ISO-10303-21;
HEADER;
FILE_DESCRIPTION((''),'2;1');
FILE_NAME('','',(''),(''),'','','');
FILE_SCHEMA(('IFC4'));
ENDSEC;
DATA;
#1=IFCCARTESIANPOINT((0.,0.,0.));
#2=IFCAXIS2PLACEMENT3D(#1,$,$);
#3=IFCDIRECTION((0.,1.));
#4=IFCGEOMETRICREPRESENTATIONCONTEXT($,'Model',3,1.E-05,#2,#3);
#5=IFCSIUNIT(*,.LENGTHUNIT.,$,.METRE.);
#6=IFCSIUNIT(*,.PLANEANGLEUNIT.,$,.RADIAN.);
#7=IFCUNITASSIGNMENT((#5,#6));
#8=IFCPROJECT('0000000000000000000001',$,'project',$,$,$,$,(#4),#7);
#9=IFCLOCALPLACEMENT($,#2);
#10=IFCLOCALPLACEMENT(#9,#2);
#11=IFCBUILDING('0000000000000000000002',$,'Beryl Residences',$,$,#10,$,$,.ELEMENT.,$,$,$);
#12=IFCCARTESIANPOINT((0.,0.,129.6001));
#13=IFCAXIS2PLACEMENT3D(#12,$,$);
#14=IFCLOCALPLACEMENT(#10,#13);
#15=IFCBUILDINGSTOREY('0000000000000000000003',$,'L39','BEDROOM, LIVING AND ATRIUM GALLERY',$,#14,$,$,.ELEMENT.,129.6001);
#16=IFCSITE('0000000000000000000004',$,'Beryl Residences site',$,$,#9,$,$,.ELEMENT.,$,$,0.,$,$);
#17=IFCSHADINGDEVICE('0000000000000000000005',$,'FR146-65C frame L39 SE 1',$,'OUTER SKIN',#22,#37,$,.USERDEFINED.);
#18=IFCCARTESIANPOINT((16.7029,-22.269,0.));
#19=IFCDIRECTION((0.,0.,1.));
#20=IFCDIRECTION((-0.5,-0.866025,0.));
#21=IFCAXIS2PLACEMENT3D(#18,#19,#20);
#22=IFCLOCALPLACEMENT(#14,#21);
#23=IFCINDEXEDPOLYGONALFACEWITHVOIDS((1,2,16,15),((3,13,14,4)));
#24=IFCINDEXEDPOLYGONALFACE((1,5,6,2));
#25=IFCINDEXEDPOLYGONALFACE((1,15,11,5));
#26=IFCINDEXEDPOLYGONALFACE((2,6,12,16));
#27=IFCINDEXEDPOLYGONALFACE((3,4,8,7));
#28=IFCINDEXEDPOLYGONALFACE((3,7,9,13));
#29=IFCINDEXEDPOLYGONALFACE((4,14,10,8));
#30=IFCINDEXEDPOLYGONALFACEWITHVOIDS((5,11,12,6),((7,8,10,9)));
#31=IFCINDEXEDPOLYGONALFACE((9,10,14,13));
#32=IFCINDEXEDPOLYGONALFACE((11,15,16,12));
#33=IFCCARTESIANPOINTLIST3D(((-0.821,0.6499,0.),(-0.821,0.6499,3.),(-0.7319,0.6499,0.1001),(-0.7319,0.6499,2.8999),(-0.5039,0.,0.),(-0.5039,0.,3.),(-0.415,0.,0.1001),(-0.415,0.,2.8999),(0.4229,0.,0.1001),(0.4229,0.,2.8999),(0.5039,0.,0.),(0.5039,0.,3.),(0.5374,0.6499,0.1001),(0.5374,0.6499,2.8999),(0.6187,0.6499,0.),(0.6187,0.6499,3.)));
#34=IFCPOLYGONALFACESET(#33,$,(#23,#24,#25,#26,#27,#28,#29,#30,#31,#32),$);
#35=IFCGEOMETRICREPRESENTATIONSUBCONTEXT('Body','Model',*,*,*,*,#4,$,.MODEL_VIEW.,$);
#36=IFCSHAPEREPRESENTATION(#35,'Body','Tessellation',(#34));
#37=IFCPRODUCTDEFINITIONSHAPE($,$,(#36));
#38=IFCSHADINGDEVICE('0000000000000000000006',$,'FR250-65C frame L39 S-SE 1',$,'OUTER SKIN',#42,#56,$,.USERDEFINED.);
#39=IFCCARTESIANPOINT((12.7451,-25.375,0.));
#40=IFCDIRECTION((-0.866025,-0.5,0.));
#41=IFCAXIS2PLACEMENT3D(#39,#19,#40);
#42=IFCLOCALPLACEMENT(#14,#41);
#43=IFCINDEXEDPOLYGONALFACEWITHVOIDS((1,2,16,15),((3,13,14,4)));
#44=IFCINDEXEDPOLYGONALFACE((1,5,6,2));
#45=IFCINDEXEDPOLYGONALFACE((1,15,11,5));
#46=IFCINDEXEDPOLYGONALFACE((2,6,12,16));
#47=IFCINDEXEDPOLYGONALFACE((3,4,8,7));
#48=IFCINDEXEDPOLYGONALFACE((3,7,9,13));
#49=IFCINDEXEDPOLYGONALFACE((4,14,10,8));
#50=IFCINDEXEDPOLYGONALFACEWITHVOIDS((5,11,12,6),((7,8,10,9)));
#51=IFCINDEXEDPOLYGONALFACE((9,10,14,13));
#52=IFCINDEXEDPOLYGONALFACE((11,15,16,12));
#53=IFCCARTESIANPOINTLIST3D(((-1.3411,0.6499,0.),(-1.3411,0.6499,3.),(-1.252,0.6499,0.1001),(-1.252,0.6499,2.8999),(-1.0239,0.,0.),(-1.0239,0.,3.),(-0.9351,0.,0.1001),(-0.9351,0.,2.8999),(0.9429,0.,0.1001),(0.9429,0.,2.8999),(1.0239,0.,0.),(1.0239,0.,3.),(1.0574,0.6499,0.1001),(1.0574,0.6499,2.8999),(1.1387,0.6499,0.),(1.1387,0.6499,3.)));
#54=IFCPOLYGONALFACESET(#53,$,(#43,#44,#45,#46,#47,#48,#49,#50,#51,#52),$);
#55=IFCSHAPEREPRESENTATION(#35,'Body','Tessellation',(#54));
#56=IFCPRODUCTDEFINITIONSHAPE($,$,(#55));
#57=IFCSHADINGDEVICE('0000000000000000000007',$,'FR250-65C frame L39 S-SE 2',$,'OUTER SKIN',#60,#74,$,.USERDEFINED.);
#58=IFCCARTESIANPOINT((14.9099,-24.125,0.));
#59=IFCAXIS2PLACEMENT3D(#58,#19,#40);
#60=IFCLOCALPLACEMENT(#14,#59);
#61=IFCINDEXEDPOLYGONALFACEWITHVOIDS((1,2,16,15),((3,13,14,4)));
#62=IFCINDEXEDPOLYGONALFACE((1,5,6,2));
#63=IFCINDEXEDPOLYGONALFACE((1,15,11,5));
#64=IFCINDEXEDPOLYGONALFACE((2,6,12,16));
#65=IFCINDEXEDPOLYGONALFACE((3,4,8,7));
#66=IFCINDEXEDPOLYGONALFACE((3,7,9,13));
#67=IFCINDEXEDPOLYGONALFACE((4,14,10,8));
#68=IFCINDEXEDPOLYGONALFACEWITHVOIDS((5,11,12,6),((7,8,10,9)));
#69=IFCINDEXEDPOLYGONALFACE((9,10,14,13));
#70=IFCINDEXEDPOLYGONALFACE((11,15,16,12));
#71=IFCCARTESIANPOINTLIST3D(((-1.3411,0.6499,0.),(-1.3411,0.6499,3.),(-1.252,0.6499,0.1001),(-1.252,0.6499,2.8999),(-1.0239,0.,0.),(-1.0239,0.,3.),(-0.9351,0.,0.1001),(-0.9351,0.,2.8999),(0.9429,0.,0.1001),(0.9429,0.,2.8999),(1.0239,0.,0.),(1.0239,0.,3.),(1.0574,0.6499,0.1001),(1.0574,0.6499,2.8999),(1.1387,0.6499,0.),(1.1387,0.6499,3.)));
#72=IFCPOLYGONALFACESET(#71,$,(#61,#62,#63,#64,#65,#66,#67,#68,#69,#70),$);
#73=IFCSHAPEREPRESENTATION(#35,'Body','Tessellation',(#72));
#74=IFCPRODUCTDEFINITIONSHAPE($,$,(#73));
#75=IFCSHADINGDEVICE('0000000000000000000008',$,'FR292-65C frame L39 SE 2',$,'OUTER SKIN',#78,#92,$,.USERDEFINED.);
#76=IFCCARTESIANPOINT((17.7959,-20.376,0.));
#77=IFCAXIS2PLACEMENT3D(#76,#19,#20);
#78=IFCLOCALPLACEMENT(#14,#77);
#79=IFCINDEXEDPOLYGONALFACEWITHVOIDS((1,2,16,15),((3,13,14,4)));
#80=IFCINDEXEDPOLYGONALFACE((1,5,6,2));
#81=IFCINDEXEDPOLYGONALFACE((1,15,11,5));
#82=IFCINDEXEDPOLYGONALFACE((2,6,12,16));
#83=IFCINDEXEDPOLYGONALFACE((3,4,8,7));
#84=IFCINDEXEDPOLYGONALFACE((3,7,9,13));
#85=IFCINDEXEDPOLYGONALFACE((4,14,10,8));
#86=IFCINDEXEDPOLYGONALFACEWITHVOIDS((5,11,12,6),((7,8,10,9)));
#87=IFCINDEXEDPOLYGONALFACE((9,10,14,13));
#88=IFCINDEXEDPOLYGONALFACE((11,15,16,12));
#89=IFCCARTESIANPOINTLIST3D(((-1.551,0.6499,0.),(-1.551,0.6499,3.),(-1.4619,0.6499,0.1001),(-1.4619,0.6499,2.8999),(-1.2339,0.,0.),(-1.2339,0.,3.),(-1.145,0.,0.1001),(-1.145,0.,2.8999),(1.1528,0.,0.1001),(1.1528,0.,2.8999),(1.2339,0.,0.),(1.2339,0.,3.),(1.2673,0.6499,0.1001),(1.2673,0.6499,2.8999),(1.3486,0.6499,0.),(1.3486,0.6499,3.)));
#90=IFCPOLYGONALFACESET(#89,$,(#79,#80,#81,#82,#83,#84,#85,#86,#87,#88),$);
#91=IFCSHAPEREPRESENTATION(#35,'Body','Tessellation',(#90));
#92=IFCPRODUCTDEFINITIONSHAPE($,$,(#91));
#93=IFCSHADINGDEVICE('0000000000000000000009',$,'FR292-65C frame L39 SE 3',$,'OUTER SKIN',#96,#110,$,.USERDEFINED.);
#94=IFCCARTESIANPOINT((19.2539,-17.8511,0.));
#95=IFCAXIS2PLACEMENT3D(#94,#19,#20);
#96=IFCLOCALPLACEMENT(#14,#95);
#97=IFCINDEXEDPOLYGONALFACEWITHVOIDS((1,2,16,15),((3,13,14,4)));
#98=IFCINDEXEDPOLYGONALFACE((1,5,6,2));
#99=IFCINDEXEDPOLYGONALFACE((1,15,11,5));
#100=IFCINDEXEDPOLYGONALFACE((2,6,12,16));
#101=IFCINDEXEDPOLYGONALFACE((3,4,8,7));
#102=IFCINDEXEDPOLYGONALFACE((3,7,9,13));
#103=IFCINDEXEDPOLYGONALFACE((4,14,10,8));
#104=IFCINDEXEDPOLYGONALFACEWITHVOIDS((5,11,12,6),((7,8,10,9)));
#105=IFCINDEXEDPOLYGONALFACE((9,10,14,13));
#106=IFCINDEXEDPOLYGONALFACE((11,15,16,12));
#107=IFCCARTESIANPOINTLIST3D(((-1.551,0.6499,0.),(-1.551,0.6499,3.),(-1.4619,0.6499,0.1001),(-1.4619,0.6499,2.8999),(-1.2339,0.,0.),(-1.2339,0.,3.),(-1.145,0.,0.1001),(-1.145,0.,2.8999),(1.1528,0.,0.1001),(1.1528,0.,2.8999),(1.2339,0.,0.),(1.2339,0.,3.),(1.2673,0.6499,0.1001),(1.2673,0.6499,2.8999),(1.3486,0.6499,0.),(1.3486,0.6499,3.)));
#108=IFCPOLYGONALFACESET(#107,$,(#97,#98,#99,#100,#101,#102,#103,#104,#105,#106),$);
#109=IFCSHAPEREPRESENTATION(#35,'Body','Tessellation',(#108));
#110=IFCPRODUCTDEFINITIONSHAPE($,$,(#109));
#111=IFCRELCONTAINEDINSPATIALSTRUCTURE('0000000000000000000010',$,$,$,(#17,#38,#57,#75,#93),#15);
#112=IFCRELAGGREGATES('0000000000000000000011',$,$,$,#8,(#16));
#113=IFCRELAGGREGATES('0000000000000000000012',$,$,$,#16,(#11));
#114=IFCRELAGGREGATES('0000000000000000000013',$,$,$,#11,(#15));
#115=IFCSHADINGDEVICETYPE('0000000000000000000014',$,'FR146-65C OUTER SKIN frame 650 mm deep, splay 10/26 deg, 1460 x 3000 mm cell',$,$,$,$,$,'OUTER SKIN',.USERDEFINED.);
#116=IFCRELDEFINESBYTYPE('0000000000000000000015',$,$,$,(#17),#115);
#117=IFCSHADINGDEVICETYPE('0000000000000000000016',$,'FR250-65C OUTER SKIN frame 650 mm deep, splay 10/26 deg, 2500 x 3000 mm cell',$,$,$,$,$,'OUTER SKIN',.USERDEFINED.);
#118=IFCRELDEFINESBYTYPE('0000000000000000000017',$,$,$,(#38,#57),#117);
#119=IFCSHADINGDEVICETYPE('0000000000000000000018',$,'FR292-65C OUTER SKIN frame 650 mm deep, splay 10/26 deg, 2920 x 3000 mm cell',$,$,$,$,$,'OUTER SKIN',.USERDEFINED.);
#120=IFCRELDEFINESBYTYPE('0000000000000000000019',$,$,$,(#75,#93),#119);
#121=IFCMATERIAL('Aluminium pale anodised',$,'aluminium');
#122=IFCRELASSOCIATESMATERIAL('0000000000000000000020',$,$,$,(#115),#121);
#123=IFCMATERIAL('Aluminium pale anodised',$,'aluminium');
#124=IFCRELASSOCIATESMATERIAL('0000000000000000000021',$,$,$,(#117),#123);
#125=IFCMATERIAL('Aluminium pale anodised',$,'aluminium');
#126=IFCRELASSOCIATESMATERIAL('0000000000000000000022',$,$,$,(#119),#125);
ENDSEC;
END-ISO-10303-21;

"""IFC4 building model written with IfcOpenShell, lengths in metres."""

from ifc_helpers import new_model, entity, si_unit, direction, frame, origin, place, context, subcontext, project, spatial, source, transform, mapped, material, type_object, type_shapes, element, save


model = new_model("IFC4")

# Units and contexts
model_context = context("Model", 3, precision=1e-05, world=origin(), true_north=direction((0.0, 1.0)))
body_context = subcontext(model_context, "Body", "Model", "MODEL_VIEW")
ifc_project = project(units=[si_unit("LENGTHUNIT", "METRE"), si_unit("PLANEANGLEUNIT", "RADIAN")], contexts=[model_context])

# Site, building, storey
site_placement = place(None, origin())
site = spatial("IfcSite", under=ifc_project, at=site_placement, Name="Beryl Residences site", CompositionType="ELEMENT", RefElevation=0.0)
building_placement = place(site_placement, origin())
building = spatial("IfcBuilding", under=site, at=building_placement, Name="Beryl Residences", CompositionType="ELEMENT")
storey_placement = place(building_placement, frame((0.0, 0.0, 129.6001)))
storey = spatial("IfcBuildingStorey", under=building, at=storey_placement, Name="L39", Description="BEDROOM, LIVING AND ATRIUM GALLERY", CompositionType="ELEMENT", Elevation=129.6001)

# Shading devices
ifc_material_1 = material(Name="Aluminium pale anodised", Category="aluminium")
shading_device_type_1 = type_object("IfcShadingDeviceType", Name="FR146-65C OUTER SKIN frame 650 mm deep, splay 10/26 deg, 1460 x 3000 mm cell", ElementType="OUTER SKIN", PredefinedType="USERDEFINED", material=ifc_material_1)
cartesian_point_1 = entity("IfcCartesianPoint", [-0.5039, 0.0])
cartesian_point_2 = entity("IfcCartesianPoint", [-0.4229, 0.1001])
cartesian_point_3 = entity("IfcCartesianPoint", [-0.6187, 0.0])
cartesian_point_4 = entity("IfcCartesianPoint", [-0.5374, 0.1001])
shared_shape_1 = source(origin(), body_context, "Body", "SweptSolid", [
    entity("IfcExtrudedAreaSolidTapered", entity("IfcArbitraryProfileDefWithVoids", "AREA", None, entity("IfcPolyline", [cartesian_point_1, entity("IfcCartesianPoint", [0.5039, 0.0]), entity("IfcCartesianPoint", [0.5039, 3.0]), entity("IfcCartesianPoint", [-0.5039, 3.0]), cartesian_point_1]), [entity("IfcPolyline", [cartesian_point_2, entity("IfcCartesianPoint", [0.415, 0.1001]), entity("IfcCartesianPoint", [0.415, 2.8999]), entity("IfcCartesianPoint", [-0.4229, 2.8999]), cartesian_point_2])]), entity("IfcAxis2Placement3D", entity("IfcCartesianPoint", [0.0, 0.0, 0.0]), entity("IfcDirection", [0.0, 1.0, 0.0]), entity("IfcDirection", [-1.0, 0.0, 0.0])), entity("IfcDirection", [0.0, 0.0, 1.0]), 0.6499, entity("IfcArbitraryProfileDefWithVoids", "AREA", None, entity("IfcPolyline", [cartesian_point_3, entity("IfcCartesianPoint", [0.821, 0.0]), entity("IfcCartesianPoint", [0.821, 3.0]), entity("IfcCartesianPoint", [-0.6187, 3.0]), cartesian_point_3]), [entity("IfcPolyline", [cartesian_point_4, entity("IfcCartesianPoint", [0.7319, 0.1001]), entity("IfcCartesianPoint", [0.7319, 2.8999]), entity("IfcCartesianPoint", [-0.5374, 2.8999]), cartesian_point_4])])),
])
type_shapes(shading_device_type_1, [shared_shape_1])
shading_device_placement = place(storey_placement, frame((16.7029, -22.269, 0.0), z_axis=(0.0, 0.0, 1.0), x_axis=(-0.5, -0.866025, 0.0)))
element("IfcShadingDevice", 1, at=shading_device_placement, inside=storey, type_object=shading_device_type_1, Name="FR146-65C frame L39 SE 1", ObjectType="OUTER SKIN", PredefinedType="USERDEFINED", context=body_context, shape_type="MappedRepresentation", body=[
    mapped(shared_shape_1, transform((0.0, 0.0, 0.0))),
])
ifc_material_2 = material(Name="Aluminium pale anodised", Category="aluminium")
shading_device_type_2 = type_object("IfcShadingDeviceType", Name="FR250-65C OUTER SKIN frame 650 mm deep, splay 10/26 deg, 2500 x 3000 mm cell", ElementType="OUTER SKIN", PredefinedType="USERDEFINED", material=ifc_material_2)
cartesian_point_5 = entity("IfcCartesianPoint", [-1.0239, 0.0])
cartesian_point_6 = entity("IfcCartesianPoint", [-0.9429, 0.1001])
cartesian_point_7 = entity("IfcCartesianPoint", [-1.1387, 0.0])
cartesian_point_8 = entity("IfcCartesianPoint", [-1.0574, 0.1001])
shared_shape_2 = source(origin(), body_context, "Body", "SweptSolid", [
    entity("IfcExtrudedAreaSolidTapered", entity("IfcArbitraryProfileDefWithVoids", "AREA", None, entity("IfcPolyline", [cartesian_point_5, entity("IfcCartesianPoint", [1.0239, 0.0]), entity("IfcCartesianPoint", [1.0239, 3.0]), entity("IfcCartesianPoint", [-1.0239, 3.0]), cartesian_point_5]), [entity("IfcPolyline", [cartesian_point_6, entity("IfcCartesianPoint", [0.9351, 0.1001]), entity("IfcCartesianPoint", [0.9351, 2.8999]), entity("IfcCartesianPoint", [-0.9429, 2.8999]), cartesian_point_6])]), entity("IfcAxis2Placement3D", entity("IfcCartesianPoint", [0.0, 0.0, 0.0]), entity("IfcDirection", [0.0, 1.0, 0.0]), entity("IfcDirection", [-1.0, 0.0, 0.0])), entity("IfcDirection", [0.0, 0.0, 1.0]), 0.6499, entity("IfcArbitraryProfileDefWithVoids", "AREA", None, entity("IfcPolyline", [cartesian_point_7, entity("IfcCartesianPoint", [1.3411, 0.0]), entity("IfcCartesianPoint", [1.3411, 3.0]), entity("IfcCartesianPoint", [-1.1387, 3.0]), cartesian_point_7]), [entity("IfcPolyline", [cartesian_point_8, entity("IfcCartesianPoint", [1.252, 0.1001]), entity("IfcCartesianPoint", [1.252, 2.8999]), entity("IfcCartesianPoint", [-1.0574, 2.8999]), cartesian_point_8])])),
])
type_shapes(shading_device_type_2, [shared_shape_2])
for number, where, z_axis, x_axis, name in (
    (2, (12.7451, -25.375, 0.0), (0.0, 0.0, 1.0), (-0.866025, -0.5, 0.0), "FR250-65C frame L39 S-SE 1"),
    (3, (14.9099, -24.125, 0.0), (0.0, 0.0, 1.0), (-0.866025, -0.5, 0.0), "FR250-65C frame L39 S-SE 2"),
):
    element("IfcShadingDevice", number, at=place(storey_placement, frame(where, z_axis=z_axis, x_axis=x_axis)), inside=storey, type_object=shading_device_type_2, Name=name, ObjectType="OUTER SKIN", PredefinedType="USERDEFINED", context=body_context, shape_type="MappedRepresentation", body=[
        mapped(shared_shape_2, transform((0.0, 0.0, 0.0))),
    ])
ifc_material_3 = material(Name="Aluminium pale anodised", Category="aluminium")
shading_device_type_3 = type_object("IfcShadingDeviceType", Name="FR292-65C OUTER SKIN frame 650 mm deep, splay 10/26 deg, 2920 x 3000 mm cell", ElementType="OUTER SKIN", PredefinedType="USERDEFINED", material=ifc_material_3)
cartesian_point_9 = entity("IfcCartesianPoint", [-1.2339, 0.0])
cartesian_point_10 = entity("IfcCartesianPoint", [-1.1528, 0.1001])
cartesian_point_11 = entity("IfcCartesianPoint", [-1.3486, 0.0])
cartesian_point_12 = entity("IfcCartesianPoint", [-1.2673, 0.1001])
shared_shape_3 = source(origin(), body_context, "Body", "SweptSolid", [
    entity("IfcExtrudedAreaSolidTapered", entity("IfcArbitraryProfileDefWithVoids", "AREA", None, entity("IfcPolyline", [cartesian_point_9, entity("IfcCartesianPoint", [1.2339, 0.0]), entity("IfcCartesianPoint", [1.2339, 3.0]), entity("IfcCartesianPoint", [-1.2339, 3.0]), cartesian_point_9]), [entity("IfcPolyline", [cartesian_point_10, entity("IfcCartesianPoint", [1.145, 0.1001]), entity("IfcCartesianPoint", [1.145, 2.8999]), entity("IfcCartesianPoint", [-1.1528, 2.8999]), cartesian_point_10])]), entity("IfcAxis2Placement3D", entity("IfcCartesianPoint", [0.0, 0.0, 0.0]), entity("IfcDirection", [0.0, 1.0, 0.0]), entity("IfcDirection", [-1.0, 0.0, 0.0])), entity("IfcDirection", [0.0, 0.0, 1.0]), 0.6499, entity("IfcArbitraryProfileDefWithVoids", "AREA", None, entity("IfcPolyline", [cartesian_point_11, entity("IfcCartesianPoint", [1.551, 0.0]), entity("IfcCartesianPoint", [1.551, 3.0]), entity("IfcCartesianPoint", [-1.3486, 3.0]), cartesian_point_11]), [entity("IfcPolyline", [cartesian_point_12, entity("IfcCartesianPoint", [1.4619, 0.1001]), entity("IfcCartesianPoint", [1.4619, 2.8999]), entity("IfcCartesianPoint", [-1.2673, 2.8999]), cartesian_point_12])])),
])
type_shapes(shading_device_type_3, [shared_shape_3])
for number, where, z_axis, x_axis, name in (
    (4, (17.7959, -20.376, 0.0), (0.0, 0.0, 1.0), (-0.5, -0.866025, 0.0), "FR292-65C frame L39 SE 2"),
    (5, (19.2539, -17.8511, 0.0), (0.0, 0.0, 1.0), (-0.5, -0.866025, 0.0), "FR292-65C frame L39 SE 3"),
):
    element("IfcShadingDevice", number, at=place(storey_placement, frame(where, z_axis=z_axis, x_axis=x_axis)), inside=storey, type_object=shading_device_type_3, Name=name, ObjectType="OUTER SKIN", PredefinedType="USERDEFINED", context=body_context, shape_type="MappedRepresentation", body=[
        mapped(shared_shape_3, transform((0.0, 0.0, 0.0))),
    ])

save(model, "model.ifc")
